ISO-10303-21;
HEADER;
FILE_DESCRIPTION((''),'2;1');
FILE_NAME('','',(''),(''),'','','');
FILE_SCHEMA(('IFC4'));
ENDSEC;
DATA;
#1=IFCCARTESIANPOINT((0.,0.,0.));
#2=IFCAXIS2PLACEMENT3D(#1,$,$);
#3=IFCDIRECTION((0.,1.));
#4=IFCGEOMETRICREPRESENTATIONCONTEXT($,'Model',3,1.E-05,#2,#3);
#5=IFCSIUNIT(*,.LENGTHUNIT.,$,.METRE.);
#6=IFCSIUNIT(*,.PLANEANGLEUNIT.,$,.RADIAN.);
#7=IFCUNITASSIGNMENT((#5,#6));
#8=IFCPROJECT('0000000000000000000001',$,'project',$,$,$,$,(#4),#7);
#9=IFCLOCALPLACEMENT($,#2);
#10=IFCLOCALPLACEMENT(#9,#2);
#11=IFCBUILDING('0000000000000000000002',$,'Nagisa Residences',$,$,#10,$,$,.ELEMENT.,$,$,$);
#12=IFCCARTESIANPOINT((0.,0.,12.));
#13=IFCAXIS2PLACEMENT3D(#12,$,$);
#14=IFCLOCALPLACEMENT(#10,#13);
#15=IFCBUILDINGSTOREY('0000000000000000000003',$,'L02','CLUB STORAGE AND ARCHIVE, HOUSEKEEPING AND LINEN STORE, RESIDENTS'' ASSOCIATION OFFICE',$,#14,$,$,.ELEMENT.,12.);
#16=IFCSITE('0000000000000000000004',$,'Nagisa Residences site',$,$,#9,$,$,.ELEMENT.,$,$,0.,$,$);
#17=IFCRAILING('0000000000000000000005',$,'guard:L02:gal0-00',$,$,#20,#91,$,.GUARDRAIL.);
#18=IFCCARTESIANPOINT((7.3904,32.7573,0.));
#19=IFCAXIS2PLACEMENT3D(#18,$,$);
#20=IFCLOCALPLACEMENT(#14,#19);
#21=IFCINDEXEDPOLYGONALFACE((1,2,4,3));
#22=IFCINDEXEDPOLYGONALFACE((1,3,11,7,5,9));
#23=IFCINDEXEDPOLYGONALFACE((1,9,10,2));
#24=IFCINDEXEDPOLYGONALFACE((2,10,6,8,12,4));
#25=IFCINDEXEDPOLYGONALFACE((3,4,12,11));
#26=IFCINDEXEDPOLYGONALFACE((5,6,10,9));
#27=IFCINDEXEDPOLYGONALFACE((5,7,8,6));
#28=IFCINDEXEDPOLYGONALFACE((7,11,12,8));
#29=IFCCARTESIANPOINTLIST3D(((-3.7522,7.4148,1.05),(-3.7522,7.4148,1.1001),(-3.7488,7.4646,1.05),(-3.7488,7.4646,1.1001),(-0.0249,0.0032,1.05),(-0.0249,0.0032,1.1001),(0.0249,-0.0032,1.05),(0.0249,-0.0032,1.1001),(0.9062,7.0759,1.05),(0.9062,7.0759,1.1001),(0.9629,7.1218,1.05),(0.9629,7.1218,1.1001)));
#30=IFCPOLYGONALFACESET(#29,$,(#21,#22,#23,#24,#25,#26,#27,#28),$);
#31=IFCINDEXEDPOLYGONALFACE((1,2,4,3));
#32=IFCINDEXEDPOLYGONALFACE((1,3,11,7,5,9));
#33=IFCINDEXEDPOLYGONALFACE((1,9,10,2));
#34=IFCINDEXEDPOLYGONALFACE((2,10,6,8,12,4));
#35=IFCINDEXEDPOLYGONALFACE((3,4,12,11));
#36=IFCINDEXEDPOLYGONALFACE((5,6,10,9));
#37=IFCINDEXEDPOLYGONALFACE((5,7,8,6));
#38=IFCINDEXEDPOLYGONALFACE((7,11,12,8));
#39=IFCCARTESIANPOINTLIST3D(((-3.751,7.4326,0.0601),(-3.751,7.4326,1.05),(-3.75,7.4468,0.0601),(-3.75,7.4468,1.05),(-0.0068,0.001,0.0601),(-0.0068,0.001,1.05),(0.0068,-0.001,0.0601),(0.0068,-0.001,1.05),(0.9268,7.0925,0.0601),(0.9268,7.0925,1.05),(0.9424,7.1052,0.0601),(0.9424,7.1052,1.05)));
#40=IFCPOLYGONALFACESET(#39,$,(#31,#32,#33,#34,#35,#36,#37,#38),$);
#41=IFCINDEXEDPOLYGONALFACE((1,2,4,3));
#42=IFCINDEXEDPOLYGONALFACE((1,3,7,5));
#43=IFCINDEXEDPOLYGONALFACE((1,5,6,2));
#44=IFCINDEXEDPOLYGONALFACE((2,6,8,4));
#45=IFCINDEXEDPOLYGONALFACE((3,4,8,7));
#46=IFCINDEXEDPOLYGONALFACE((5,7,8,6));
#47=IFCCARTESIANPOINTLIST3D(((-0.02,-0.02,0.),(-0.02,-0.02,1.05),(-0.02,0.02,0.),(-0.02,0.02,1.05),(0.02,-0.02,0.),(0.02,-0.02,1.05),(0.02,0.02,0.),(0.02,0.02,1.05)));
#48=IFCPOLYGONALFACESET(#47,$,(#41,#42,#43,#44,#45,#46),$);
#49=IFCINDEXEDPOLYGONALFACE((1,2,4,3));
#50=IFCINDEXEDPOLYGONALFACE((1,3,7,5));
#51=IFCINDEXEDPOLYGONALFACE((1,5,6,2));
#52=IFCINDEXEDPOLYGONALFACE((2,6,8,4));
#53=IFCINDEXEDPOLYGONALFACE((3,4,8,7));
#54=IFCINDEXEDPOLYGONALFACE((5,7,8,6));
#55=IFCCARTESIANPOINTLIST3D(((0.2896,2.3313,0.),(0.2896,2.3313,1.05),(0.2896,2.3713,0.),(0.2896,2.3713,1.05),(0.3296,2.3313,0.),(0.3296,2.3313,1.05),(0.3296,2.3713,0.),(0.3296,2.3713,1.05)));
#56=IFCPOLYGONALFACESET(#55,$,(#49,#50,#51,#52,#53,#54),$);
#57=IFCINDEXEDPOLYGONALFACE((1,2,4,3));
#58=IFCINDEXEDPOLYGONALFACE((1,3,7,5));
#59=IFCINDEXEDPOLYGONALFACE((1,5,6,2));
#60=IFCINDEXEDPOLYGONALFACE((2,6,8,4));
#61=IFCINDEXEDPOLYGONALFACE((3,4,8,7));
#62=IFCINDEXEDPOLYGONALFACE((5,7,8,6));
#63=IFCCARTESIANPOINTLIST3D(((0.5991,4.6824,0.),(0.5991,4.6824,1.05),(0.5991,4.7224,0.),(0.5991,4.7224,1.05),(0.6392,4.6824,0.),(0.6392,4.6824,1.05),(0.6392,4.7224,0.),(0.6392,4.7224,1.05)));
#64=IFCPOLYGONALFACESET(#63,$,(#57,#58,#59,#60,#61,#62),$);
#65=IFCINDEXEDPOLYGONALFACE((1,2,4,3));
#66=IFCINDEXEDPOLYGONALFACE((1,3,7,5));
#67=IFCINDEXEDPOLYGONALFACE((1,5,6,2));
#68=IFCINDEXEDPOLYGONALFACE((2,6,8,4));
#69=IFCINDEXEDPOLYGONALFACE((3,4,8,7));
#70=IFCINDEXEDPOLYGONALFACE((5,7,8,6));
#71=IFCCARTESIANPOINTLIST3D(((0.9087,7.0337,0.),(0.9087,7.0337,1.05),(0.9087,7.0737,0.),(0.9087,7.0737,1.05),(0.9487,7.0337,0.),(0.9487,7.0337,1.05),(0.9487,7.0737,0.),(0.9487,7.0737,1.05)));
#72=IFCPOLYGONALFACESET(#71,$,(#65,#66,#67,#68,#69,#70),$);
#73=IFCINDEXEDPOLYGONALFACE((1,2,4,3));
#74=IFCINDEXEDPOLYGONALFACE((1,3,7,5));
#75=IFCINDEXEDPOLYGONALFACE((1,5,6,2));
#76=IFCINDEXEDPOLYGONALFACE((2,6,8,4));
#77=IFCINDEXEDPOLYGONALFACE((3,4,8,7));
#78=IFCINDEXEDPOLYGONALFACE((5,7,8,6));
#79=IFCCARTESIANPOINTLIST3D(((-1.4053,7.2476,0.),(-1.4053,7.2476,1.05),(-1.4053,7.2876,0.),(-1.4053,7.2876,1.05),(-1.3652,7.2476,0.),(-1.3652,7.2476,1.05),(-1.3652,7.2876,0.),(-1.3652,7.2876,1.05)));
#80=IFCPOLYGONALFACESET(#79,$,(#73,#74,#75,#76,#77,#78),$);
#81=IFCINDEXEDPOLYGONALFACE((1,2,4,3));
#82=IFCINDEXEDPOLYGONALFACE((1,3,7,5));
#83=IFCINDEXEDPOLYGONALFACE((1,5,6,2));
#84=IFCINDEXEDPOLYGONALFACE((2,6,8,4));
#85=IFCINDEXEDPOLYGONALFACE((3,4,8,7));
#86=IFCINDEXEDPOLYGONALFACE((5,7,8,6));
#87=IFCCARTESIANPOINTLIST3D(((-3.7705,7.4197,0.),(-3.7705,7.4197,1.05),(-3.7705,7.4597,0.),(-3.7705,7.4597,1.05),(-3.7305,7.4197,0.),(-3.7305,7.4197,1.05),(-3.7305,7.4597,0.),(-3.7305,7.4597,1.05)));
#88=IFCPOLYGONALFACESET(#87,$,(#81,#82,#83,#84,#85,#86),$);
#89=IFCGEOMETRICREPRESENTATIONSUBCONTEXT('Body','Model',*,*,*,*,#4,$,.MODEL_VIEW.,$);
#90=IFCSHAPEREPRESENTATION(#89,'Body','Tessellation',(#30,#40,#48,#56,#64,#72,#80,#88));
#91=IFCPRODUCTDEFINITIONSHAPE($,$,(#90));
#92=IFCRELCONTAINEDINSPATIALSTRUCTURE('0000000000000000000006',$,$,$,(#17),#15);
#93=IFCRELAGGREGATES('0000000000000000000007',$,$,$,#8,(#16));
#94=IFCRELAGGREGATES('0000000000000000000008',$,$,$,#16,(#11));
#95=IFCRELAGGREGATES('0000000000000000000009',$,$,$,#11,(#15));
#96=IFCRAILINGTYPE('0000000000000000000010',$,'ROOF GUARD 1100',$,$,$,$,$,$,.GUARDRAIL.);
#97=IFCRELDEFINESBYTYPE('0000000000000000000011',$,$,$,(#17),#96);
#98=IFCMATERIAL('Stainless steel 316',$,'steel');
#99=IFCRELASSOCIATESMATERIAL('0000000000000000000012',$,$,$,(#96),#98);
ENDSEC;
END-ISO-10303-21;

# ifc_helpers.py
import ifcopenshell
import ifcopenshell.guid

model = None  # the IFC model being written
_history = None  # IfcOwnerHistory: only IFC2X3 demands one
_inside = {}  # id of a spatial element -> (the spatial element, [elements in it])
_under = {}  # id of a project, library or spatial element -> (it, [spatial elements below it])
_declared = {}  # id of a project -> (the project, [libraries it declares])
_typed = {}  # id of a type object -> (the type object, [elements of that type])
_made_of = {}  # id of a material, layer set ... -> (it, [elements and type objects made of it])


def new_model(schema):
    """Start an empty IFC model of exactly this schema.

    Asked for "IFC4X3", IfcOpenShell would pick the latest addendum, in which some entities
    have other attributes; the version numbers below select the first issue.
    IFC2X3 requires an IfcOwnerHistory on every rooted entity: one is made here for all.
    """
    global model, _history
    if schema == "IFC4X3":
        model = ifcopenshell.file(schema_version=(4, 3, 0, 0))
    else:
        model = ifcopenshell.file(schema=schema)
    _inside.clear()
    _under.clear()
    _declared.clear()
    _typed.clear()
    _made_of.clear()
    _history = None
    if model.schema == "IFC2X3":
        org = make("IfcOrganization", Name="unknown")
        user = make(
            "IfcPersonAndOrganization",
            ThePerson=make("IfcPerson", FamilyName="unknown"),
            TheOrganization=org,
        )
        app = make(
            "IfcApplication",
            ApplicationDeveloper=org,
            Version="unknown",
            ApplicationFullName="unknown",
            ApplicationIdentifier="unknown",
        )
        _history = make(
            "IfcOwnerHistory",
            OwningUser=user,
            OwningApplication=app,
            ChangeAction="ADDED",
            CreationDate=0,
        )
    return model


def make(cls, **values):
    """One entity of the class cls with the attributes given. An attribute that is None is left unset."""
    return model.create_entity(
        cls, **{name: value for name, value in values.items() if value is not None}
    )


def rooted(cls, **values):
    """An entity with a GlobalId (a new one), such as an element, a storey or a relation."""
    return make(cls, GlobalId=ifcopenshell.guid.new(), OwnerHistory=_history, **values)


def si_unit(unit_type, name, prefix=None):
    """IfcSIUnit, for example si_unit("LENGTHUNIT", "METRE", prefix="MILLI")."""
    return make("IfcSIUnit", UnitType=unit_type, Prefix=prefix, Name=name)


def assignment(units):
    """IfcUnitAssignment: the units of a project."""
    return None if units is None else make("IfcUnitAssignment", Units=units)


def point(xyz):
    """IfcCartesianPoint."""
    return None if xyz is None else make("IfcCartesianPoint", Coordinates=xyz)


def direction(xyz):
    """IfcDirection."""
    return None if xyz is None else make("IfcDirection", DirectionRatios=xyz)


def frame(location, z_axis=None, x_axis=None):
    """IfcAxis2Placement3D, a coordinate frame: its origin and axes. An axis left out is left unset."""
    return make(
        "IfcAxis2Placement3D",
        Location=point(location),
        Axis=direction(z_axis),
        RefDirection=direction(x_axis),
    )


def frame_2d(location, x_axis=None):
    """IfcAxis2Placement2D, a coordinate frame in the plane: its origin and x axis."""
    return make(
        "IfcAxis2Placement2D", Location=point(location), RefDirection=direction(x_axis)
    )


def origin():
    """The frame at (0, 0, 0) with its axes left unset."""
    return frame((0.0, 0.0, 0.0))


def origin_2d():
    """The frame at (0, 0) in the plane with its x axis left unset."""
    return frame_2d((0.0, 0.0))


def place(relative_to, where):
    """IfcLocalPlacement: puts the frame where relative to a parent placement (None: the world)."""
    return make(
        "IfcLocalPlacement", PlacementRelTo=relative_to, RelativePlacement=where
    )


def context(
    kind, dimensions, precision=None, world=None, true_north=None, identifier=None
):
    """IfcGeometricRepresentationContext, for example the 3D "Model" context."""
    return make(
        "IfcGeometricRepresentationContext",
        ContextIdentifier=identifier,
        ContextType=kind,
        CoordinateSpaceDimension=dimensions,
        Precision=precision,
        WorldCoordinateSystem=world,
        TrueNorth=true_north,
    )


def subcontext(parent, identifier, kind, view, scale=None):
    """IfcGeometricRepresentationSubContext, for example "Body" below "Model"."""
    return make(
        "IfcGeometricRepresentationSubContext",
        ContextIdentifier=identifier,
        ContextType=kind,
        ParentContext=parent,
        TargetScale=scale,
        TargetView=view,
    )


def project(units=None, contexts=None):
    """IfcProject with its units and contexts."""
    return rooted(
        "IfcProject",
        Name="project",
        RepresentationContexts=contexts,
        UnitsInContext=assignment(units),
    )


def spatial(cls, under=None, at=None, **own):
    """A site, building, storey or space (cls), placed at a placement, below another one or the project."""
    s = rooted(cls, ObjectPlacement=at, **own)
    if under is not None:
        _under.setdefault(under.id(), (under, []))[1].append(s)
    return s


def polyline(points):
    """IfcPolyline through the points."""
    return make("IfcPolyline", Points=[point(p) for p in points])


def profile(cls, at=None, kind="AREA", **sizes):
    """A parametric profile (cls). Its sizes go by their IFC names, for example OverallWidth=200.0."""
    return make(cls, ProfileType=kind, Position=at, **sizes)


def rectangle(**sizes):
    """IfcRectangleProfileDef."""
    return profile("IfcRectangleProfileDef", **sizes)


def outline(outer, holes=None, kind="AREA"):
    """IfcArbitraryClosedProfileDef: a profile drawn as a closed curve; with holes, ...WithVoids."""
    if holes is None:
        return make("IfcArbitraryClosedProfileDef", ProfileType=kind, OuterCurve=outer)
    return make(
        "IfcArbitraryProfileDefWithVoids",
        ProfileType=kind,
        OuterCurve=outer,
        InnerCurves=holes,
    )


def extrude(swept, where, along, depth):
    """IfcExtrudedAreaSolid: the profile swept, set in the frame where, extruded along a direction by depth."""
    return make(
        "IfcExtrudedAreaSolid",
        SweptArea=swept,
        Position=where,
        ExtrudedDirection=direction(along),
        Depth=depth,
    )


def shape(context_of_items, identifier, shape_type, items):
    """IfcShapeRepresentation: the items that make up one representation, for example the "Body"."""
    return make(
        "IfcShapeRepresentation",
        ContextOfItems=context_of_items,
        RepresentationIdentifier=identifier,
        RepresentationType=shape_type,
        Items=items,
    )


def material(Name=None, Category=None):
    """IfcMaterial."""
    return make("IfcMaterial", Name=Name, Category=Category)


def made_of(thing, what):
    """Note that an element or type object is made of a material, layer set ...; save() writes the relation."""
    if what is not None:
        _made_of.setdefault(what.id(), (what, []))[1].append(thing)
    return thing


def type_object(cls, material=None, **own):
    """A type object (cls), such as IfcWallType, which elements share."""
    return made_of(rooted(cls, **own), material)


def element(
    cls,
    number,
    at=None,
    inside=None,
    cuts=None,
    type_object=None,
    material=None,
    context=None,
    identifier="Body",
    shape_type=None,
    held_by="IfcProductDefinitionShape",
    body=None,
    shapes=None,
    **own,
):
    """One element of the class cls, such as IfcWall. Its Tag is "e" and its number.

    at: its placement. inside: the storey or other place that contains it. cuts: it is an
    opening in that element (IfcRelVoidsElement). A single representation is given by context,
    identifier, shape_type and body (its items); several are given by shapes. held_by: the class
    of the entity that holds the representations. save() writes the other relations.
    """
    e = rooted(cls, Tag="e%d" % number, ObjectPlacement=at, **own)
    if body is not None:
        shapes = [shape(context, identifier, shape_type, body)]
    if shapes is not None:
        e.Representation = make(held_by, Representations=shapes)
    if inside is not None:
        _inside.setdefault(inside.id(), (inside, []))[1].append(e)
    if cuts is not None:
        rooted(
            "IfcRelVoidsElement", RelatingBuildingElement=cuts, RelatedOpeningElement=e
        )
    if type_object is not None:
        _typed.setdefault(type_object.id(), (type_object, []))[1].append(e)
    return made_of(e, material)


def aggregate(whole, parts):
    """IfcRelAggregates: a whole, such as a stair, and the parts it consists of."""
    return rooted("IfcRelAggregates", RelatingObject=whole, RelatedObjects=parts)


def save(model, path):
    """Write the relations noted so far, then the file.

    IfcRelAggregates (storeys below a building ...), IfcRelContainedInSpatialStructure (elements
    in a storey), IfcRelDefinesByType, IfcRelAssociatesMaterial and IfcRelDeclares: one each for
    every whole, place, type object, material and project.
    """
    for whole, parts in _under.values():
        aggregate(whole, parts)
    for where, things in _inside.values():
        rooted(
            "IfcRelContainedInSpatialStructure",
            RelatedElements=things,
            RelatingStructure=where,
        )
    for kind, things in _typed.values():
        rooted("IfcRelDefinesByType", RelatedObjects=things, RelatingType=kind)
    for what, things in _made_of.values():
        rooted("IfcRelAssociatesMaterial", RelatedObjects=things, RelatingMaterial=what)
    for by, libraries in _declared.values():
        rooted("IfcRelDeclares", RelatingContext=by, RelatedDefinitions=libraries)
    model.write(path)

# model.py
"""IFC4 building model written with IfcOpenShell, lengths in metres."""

from ifc_helpers import new_model, si_unit, direction, frame, origin, origin_2d, place, context, subcontext, project, spatial, polyline, rectangle, outline, extrude, material, type_object, element, save


model = new_model("IFC4")

# Units and contexts
model_context = context("Model", 3, precision=1e-05, world=origin(), true_north=direction((0.0, 1.0)))
body_context = subcontext(model_context, "Body", "Model", "MODEL_VIEW")
ifc_project = project(units=[si_unit("LENGTHUNIT", "METRE"), si_unit("PLANEANGLEUNIT", "RADIAN")], contexts=[model_context])

# Site, building, storey
site_placement = place(None, origin())
site = spatial("IfcSite", under=ifc_project, at=site_placement, Name="Nagisa Residences site", CompositionType="ELEMENT", RefElevation=0.0)
building_placement = place(site_placement, origin())
building = spatial("IfcBuilding", under=site, at=building_placement, Name="Nagisa Residences", CompositionType="ELEMENT")
storey_placement = place(building_placement, frame((0.0, 0.0, 12.0)))
storey = spatial("IfcBuildingStorey", under=building, at=storey_placement, Name="L02", Description="CLUB STORAGE AND ARCHIVE, HOUSEKEEPING AND LINEN STORE, RESIDENTS' ASSOCIATION OFFICE", CompositionType="ELEMENT", Elevation=12.0)

# Railing
ifc_material_1 = material(Name="Stainless steel 316", Category="steel")
railing_type = type_object("IfcRailingType", Name="ROOF GUARD 1100", PredefinedType="GUARDRAIL", material=ifc_material_1)
railing_1_placement = place(storey_placement, frame((7.3904, 32.7573, 0.0)))
element("IfcRailing", 1, at=railing_1_placement, inside=storey, type_object=railing_type, Name="guard:L02:gal0-00", PredefinedType="GUARDRAIL", context=body_context, shape_type="SweptSolid", body=[
    extrude(outline(polyline([(0.9062, 7.0759), (-0.0249, 0.0032), (0.0249, -0.0032), (0.9629, 7.1218), (-3.7488, 7.4646), (-3.7522, 7.4148), (0.9062, 7.0759)])), frame((0.0, 0.0, 1.05)), (0.0, 0.0, 1.0), 0.05),
    extrude(outline(polyline([(0.9268, 7.0925), (-0.0068, 0.001), (0.0068, -0.001), (0.9424, 7.1052), (-3.75, 7.4468), (-3.751, 7.4326), (0.9268, 7.0925)])), frame((0.0, 0.0, 0.0601)), (0.0, 0.0, 1.0), 0.99),
    extrude(rectangle(XDim=0.04, YDim=0.04, at=origin_2d()), origin(), (0.0, 0.0, 1.0), 1.05),
    extrude(rectangle(XDim=0.04, YDim=0.04, at=origin_2d()), frame((0.3096, 2.3513, 0.0)), (0.0, 0.0, 1.0), 1.05),
    extrude(rectangle(XDim=0.04, YDim=0.04, at=origin_2d()), frame((0.6191, 4.7024, 0.0)), (0.0, 0.0, 1.0), 1.05),
    extrude(rectangle(XDim=0.04, YDim=0.04, at=origin_2d()), frame((0.9287, 7.0537, 0.0)), (0.0, 0.0, 1.0), 1.05),
    extrude(rectangle(XDim=0.04, YDim=0.04, at=origin_2d()), frame((-1.3853, 7.2676, 0.0)), (0.0, 0.0, 1.0), 1.05),
    extrude(rectangle(XDim=0.04, YDim=0.04, at=origin_2d()), frame((-3.7505, 7.4397, 0.0)), (0.0, 0.0, 1.0), 1.05),
])

save(model, "model.ifc")
